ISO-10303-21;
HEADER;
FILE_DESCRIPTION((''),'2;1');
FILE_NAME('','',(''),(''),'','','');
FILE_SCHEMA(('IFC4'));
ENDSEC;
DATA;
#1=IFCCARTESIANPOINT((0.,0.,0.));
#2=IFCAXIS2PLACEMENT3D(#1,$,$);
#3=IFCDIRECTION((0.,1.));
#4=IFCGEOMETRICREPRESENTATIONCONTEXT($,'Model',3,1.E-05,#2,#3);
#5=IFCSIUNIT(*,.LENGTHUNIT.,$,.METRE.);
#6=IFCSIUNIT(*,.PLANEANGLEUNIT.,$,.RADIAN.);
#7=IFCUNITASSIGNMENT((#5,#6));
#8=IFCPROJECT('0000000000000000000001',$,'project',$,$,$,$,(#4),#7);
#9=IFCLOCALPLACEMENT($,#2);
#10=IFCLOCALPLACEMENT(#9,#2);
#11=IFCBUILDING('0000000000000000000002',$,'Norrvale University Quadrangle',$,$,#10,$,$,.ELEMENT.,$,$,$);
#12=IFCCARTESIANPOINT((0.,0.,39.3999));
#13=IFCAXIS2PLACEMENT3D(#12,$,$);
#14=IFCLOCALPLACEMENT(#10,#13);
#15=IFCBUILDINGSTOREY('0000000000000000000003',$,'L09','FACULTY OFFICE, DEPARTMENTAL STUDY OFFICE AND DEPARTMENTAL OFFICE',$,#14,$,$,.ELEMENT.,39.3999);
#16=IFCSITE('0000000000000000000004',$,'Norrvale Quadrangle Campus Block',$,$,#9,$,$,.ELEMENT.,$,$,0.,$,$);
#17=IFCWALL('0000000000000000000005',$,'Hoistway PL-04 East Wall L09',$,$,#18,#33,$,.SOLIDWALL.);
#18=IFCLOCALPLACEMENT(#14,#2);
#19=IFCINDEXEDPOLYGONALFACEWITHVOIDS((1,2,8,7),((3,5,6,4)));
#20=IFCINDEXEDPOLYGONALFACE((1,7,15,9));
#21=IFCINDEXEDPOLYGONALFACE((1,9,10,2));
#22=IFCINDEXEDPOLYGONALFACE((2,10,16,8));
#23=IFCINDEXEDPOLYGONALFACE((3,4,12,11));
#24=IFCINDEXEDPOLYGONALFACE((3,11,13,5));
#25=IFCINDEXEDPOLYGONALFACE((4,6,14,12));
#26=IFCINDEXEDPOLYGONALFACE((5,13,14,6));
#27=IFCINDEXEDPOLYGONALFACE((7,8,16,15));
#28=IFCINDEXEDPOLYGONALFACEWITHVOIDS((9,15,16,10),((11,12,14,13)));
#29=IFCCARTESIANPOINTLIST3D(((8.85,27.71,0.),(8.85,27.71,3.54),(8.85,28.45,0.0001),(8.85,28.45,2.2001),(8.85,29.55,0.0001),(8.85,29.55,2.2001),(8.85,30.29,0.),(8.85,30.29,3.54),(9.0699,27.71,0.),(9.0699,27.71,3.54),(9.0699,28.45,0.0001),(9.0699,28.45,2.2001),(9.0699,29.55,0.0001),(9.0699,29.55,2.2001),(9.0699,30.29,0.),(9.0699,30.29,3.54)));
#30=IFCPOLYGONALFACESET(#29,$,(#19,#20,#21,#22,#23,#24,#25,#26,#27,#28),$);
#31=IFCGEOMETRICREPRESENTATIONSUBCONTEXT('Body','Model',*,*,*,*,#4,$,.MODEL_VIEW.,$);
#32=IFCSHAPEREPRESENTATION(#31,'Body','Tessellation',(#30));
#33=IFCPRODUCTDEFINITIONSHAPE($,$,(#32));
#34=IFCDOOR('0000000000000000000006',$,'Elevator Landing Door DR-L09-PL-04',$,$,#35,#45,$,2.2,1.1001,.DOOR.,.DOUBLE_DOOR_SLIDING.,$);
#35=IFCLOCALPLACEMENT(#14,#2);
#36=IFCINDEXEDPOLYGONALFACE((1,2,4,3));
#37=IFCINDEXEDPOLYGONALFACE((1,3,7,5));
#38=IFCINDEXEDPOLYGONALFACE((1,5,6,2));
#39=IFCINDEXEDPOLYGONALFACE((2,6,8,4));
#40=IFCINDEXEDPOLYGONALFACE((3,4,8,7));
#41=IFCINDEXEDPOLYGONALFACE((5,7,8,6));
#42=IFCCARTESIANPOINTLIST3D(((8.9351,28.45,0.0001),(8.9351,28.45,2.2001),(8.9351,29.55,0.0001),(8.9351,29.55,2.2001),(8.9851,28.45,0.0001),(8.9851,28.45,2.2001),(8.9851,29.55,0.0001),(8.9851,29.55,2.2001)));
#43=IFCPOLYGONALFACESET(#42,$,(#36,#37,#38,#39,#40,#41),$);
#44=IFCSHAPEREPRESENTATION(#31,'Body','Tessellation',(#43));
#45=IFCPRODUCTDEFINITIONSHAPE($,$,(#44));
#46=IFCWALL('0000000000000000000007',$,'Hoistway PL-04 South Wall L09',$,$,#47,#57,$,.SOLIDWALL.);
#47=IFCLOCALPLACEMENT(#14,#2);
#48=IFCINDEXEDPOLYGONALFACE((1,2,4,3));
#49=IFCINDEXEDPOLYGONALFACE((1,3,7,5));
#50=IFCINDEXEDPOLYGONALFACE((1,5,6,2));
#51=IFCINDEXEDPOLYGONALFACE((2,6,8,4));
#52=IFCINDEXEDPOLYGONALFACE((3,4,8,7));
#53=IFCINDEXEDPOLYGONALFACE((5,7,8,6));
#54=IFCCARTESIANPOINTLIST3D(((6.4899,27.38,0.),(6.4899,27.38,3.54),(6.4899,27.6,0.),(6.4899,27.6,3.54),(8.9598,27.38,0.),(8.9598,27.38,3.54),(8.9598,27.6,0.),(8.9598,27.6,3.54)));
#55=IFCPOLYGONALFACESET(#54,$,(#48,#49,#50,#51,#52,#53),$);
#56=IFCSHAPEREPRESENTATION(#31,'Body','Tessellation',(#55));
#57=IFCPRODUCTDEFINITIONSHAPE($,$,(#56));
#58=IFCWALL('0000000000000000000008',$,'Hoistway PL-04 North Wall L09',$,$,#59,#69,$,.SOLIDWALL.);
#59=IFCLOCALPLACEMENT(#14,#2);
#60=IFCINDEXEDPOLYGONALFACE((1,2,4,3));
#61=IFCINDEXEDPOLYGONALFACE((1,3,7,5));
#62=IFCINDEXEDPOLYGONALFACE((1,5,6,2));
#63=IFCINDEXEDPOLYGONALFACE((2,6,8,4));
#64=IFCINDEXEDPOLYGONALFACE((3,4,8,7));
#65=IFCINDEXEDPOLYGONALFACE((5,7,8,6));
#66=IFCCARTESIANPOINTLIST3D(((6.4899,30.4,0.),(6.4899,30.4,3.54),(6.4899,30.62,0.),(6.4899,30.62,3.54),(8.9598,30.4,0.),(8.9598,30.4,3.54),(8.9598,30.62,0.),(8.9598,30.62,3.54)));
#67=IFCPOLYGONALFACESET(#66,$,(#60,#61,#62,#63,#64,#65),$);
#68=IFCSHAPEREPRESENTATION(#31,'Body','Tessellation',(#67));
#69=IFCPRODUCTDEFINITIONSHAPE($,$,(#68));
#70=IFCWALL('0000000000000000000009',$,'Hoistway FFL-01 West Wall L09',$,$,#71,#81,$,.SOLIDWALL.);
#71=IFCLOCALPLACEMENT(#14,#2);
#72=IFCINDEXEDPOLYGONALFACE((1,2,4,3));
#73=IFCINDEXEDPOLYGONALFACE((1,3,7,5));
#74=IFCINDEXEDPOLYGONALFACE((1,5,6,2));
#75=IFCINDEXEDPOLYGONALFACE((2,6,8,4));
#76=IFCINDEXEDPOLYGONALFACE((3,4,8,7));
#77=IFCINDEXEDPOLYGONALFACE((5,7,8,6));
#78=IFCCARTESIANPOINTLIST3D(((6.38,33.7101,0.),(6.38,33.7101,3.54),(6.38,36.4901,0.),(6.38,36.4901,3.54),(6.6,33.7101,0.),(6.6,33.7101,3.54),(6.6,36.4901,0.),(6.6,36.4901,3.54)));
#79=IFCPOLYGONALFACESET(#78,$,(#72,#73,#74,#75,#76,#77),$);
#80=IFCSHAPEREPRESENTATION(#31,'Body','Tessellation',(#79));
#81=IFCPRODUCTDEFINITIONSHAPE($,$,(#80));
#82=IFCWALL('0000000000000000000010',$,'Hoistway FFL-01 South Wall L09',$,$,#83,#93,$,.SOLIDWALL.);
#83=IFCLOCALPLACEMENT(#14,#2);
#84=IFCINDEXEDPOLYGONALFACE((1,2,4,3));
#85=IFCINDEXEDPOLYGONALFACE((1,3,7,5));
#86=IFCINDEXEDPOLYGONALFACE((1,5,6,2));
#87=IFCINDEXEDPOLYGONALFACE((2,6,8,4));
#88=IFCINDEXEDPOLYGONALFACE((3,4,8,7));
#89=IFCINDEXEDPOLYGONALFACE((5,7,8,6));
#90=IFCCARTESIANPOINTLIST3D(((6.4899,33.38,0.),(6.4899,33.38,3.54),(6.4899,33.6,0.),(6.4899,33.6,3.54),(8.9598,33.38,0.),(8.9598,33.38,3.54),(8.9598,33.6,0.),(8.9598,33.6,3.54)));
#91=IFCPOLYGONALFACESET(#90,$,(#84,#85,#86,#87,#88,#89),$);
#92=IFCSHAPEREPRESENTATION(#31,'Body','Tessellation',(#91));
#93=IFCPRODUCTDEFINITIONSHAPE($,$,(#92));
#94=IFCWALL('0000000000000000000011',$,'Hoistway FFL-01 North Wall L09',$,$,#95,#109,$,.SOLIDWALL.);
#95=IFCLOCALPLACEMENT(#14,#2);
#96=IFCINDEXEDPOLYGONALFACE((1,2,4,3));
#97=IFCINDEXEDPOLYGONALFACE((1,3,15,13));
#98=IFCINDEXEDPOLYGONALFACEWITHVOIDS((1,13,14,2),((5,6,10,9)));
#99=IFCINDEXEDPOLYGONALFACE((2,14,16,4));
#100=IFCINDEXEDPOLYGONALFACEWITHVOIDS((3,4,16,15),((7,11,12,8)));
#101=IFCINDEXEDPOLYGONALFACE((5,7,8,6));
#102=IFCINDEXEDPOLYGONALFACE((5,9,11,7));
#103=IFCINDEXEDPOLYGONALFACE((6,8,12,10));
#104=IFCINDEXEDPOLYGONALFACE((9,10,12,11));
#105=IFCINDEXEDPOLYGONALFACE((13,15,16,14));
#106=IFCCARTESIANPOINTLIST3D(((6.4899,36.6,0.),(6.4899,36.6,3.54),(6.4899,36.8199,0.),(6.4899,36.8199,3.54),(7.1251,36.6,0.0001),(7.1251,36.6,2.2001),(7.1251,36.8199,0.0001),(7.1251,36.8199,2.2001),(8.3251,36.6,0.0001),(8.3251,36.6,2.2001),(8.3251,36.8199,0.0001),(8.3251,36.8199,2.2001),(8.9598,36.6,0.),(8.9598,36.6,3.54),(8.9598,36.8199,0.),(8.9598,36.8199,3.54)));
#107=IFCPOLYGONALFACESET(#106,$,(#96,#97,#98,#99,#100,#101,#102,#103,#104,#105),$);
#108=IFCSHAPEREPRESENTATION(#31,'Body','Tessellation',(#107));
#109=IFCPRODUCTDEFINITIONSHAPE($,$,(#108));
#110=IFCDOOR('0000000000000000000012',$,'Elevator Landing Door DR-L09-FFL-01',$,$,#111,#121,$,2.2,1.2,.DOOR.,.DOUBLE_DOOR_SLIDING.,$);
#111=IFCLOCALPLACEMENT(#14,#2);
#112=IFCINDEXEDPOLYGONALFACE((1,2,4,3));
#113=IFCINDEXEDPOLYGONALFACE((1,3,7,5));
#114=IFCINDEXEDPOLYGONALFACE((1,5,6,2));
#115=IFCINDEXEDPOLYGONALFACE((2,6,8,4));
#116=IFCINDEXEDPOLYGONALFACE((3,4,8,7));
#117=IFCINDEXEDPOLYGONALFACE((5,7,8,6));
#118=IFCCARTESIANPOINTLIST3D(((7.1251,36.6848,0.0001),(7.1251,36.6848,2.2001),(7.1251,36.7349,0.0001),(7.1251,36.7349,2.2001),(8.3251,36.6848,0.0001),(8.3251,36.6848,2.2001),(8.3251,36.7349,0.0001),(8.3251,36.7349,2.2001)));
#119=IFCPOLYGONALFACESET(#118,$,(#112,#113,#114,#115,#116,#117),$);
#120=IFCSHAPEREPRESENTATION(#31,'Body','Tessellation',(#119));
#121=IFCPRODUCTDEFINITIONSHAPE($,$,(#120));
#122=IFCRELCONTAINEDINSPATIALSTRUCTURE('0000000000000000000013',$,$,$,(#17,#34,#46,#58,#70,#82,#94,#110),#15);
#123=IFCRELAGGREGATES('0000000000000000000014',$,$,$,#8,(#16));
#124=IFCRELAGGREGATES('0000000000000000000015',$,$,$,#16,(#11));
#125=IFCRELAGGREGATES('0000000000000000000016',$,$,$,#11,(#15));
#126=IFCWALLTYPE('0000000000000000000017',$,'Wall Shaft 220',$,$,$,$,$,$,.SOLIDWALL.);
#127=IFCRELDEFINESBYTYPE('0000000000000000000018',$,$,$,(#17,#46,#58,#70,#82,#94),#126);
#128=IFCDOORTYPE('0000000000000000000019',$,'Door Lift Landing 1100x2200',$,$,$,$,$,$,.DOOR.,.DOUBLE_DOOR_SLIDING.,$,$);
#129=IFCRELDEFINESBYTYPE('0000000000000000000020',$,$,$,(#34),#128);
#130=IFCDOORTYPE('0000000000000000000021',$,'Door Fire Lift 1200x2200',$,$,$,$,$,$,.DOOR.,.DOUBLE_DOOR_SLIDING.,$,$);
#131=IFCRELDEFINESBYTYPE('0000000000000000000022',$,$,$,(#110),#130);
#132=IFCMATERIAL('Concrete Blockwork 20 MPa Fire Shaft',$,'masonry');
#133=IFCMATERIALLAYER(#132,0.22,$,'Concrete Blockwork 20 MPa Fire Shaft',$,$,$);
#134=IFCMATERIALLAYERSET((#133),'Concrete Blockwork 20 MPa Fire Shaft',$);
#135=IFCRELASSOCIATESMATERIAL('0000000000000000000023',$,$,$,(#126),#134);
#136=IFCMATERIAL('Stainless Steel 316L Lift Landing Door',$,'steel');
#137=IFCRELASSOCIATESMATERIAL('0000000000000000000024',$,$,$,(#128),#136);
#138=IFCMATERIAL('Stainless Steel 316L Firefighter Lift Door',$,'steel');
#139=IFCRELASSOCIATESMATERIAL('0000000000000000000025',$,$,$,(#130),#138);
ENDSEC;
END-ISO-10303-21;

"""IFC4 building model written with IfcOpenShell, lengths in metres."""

from ifc_helpers import new_model, si_unit, direction, frame, frame_2d, origin, place, context, subcontext, project, spatial, rectangle, extrude, material, layer, layer_set, type_object, element, fill, save


model = new_model("IFC4")

# Units and contexts
model_context = context("Model", 3, precision=1e-05, world=origin(), true_north=direction((0.0, 1.0)))
body_context = subcontext(model_context, "Body", "Model", "MODEL_VIEW")
ifc_project = project(units=[si_unit("LENGTHUNIT", "METRE"), si_unit("PLANEANGLEUNIT", "RADIAN")], contexts=[model_context])

# Site, building, storey
site_placement = place(None, origin())
site = spatial("IfcSite", under=ifc_project, at=site_placement, Name="Norrvale Quadrangle Campus Block", CompositionType="ELEMENT", RefElevation=0.0)
building_placement = place(site_placement, origin())
building = spatial("IfcBuilding", under=site, at=building_placement, Name="Norrvale University Quadrangle", CompositionType="ELEMENT")
storey_placement = place(building_placement, frame((0.0, 0.0, 39.3999)))
storey = spatial("IfcBuildingStorey", under=building, at=storey_placement, Name="L09", Description="FACULTY OFFICE, DEPARTMENTAL STUDY OFFICE AND DEPARTMENTAL OFFICE", CompositionType="ELEMENT", Elevation=39.3999)

# Shared definitions
ifc_material_1 = material(Name="Concrete Blockwork 20 MPa Fire Shaft", Category="masonry")
ifc_layer_1 = layer(ifc_material_1, 0.22, Name="Concrete Blockwork 20 MPa Fire Shaft")
ifc_layer_set_1 = layer_set([ifc_layer_1], Name="Concrete Blockwork 20 MPa Fire Shaft")
wall_type_1 = type_object("IfcWallType", Name="Wall Shaft 220", PredefinedType="SOLIDWALL", material=ifc_layer_set_1)

# Shared definitions
ifc_material_2 = material(Name="Stainless Steel 316L Lift Landing Door", Category="steel")
door_type_1 = type_object("IfcDoorType", Name="Door Lift Landing 1100x2200", OperationType="DOUBLE_DOOR_SLIDING", PredefinedType="DOOR", material=ifc_material_2)

# Wall, opening, door
wall_1_placement = place(storey_placement, frame((8.96, 27.71, 0.0), z_axis=(0.0, 0.0, 1.0), x_axis=(0.0, 1.0, 0.0)))
wall_1 = element("IfcWall", 1, at=wall_1_placement, inside=storey, type_object=wall_type_1, Name="Hoistway PL-04 East Wall L09", PredefinedType="SOLIDWALL", context=body_context, shape_type="SweptSolid", body=[
    extrude(rectangle(XDim=2.5801, YDim=0.22, at=frame_2d((1.29, 0.0))), origin(), (0.0, 0.0, 1.0), 3.54),
])
opening_1_placement = place(wall_1_placement, frame((0.74, 0.0, 0.0)))
opening_1 = element("IfcOpeningElement", 2, at=opening_1_placement, cuts=wall_1, PredefinedType="OPENING", context=body_context, shape_type="SweptSolid", body=[
    extrude(rectangle(XDim=1.1001, YDim=2.2, at=frame_2d((0.55, 1.1001))), frame((0.0, 0.1221, 0.0), z_axis=(0.0, -1.0, 0.0), x_axis=(1.0, 0.0, 0.0)), (0.0, 0.0, 1.0), 0.2439),
])
door_1_placement = place(opening_1_placement, origin())
door_1 = element("IfcDoor", 3, at=door_1_placement, inside=storey, type_object=door_type_1, Name="Elevator Landing Door DR-L09-PL-04", OperationType="DOUBLE_DOOR_SLIDING", OverallHeight=2.2, OverallWidth=1.1001, PredefinedType="DOOR", context=body_context, shape_type="SweptSolid", body=[
    extrude(rectangle(XDim=1.1001, YDim=2.2, at=frame_2d((0.55, 1.1001))), frame((0.0, 0.0249, 0.0), z_axis=(0.0, -1.0, 0.0), x_axis=(1.0, 0.0, 0.0)), (0.0, 0.0, 1.0), 0.05),
])
fill(opening_1, door_1)

# Walls
for number, where, z_axis, x_axis, name in (
    (4, (6.49, 27.49, 0.0), (0.0, 0.0, 1.0), (1.0, 0.0, 0.0), "Hoistway PL-04 South Wall L09"),
    (5, (6.49, 30.51, 0.0), (0.0, 0.0, 1.0), (1.0, 0.0, 0.0), "Hoistway PL-04 North Wall L09"),
):
    element("IfcWall", number, at=place(storey_placement, frame(where, z_axis=z_axis, x_axis=x_axis)), inside=storey, type_object=wall_type_1, Name=name, PredefinedType="SOLIDWALL", context=body_context, shape_type="SweptSolid", body=[
        extrude(rectangle(XDim=2.47, YDim=0.22, at=frame_2d((1.2349, 0.0))), origin(), (0.0, 0.0, 1.0), 3.54),
    ])
wall_2_placement = place(storey_placement, frame((6.49, 33.71, 0.0), z_axis=(0.0, 0.0, 1.0), x_axis=(0.0, 1.0, 0.0)))
element("IfcWall", 6, at=wall_2_placement, inside=storey, type_object=wall_type_1, Name="Hoistway FFL-01 West Wall L09", PredefinedType="SOLIDWALL", context=body_context, shape_type="SweptSolid", body=[
    extrude(rectangle(XDim=2.78, YDim=0.22, at=frame_2d((1.3901, 0.0))), origin(), (0.0, 0.0, 1.0), 3.54),
])
wall_3_placement = place(storey_placement, frame((6.49, 33.49, 0.0), z_axis=(0.0, 0.0, 1.0), x_axis=(1.0, 0.0, 0.0)))
element("IfcWall", 7, at=wall_3_placement, inside=storey, type_object=wall_type_1, Name="Hoistway FFL-01 South Wall L09", PredefinedType="SOLIDWALL", context=body_context, shape_type="SweptSolid", body=[
    extrude(rectangle(XDim=2.47, YDim=0.22, at=frame_2d((1.2349, 0.0))), origin(), (0.0, 0.0, 1.0), 3.54),
])

# Wall, opening, door
wall_4_placement = place(storey_placement, frame((6.49, 36.71, 0.0), z_axis=(0.0, 0.0, 1.0), x_axis=(1.0, 0.0, 0.0)))
wall_4 = element("IfcWall", 8, at=wall_4_placement, inside=storey, type_object=wall_type_1, Name="Hoistway FFL-01 North Wall L09", PredefinedType="SOLIDWALL", context=body_context, shape_type="SweptSolid", body=[
    extrude(rectangle(XDim=2.47, YDim=0.22, at=frame_2d((1.2349, 0.0))), origin(), (0.0, 0.0, 1.0), 3.54),
])
opening_2_placement = place(wall_4_placement, frame((0.635, 0.0, 0.0)))
opening_2 = element("IfcOpeningElement", 9, at=opening_2_placement, cuts=wall_4, PredefinedType="OPENING", context=body_context, shape_type="SweptSolid", body=[
    extrude(rectangle(XDim=1.2, YDim=2.2, at=frame_2d((0.6001, 1.1001))), frame((0.0, 0.1221, 0.0), z_axis=(0.0, -1.0, 0.0), x_axis=(1.0, 0.0, 0.0)), (0.0, 0.0, 1.0), 0.2439),
])
ifc_material_3 = material(Name="Stainless Steel 316L Firefighter Lift Door", Category="steel")
door_type_2 = type_object("IfcDoorType", Name="Door Fire Lift 1200x2200", OperationType="DOUBLE_DOOR_SLIDING", PredefinedType="DOOR", material=ifc_material_3)
door_2_placement = place(opening_2_placement, origin())
door_2 = element("IfcDoor", 10, at=door_2_placement, inside=storey, type_object=door_type_2, Name="Elevator Landing Door DR-L09-FFL-01", OperationType="DOUBLE_DOOR_SLIDING", OverallHeight=2.2, OverallWidth=1.2, PredefinedType="DOOR", context=body_context, shape_type="SweptSolid", body=[
    extrude(rectangle(XDim=1.2, YDim=2.2, at=frame_2d((0.6001, 1.1001))), frame((0.0, 0.0249, 0.0), z_axis=(0.0, -1.0, 0.0), x_axis=(1.0, 0.0, 0.0)), (0.0, 0.0, 1.0), 0.05),
])
fill(opening_2, door_2)

save(model, "model.ifc")
